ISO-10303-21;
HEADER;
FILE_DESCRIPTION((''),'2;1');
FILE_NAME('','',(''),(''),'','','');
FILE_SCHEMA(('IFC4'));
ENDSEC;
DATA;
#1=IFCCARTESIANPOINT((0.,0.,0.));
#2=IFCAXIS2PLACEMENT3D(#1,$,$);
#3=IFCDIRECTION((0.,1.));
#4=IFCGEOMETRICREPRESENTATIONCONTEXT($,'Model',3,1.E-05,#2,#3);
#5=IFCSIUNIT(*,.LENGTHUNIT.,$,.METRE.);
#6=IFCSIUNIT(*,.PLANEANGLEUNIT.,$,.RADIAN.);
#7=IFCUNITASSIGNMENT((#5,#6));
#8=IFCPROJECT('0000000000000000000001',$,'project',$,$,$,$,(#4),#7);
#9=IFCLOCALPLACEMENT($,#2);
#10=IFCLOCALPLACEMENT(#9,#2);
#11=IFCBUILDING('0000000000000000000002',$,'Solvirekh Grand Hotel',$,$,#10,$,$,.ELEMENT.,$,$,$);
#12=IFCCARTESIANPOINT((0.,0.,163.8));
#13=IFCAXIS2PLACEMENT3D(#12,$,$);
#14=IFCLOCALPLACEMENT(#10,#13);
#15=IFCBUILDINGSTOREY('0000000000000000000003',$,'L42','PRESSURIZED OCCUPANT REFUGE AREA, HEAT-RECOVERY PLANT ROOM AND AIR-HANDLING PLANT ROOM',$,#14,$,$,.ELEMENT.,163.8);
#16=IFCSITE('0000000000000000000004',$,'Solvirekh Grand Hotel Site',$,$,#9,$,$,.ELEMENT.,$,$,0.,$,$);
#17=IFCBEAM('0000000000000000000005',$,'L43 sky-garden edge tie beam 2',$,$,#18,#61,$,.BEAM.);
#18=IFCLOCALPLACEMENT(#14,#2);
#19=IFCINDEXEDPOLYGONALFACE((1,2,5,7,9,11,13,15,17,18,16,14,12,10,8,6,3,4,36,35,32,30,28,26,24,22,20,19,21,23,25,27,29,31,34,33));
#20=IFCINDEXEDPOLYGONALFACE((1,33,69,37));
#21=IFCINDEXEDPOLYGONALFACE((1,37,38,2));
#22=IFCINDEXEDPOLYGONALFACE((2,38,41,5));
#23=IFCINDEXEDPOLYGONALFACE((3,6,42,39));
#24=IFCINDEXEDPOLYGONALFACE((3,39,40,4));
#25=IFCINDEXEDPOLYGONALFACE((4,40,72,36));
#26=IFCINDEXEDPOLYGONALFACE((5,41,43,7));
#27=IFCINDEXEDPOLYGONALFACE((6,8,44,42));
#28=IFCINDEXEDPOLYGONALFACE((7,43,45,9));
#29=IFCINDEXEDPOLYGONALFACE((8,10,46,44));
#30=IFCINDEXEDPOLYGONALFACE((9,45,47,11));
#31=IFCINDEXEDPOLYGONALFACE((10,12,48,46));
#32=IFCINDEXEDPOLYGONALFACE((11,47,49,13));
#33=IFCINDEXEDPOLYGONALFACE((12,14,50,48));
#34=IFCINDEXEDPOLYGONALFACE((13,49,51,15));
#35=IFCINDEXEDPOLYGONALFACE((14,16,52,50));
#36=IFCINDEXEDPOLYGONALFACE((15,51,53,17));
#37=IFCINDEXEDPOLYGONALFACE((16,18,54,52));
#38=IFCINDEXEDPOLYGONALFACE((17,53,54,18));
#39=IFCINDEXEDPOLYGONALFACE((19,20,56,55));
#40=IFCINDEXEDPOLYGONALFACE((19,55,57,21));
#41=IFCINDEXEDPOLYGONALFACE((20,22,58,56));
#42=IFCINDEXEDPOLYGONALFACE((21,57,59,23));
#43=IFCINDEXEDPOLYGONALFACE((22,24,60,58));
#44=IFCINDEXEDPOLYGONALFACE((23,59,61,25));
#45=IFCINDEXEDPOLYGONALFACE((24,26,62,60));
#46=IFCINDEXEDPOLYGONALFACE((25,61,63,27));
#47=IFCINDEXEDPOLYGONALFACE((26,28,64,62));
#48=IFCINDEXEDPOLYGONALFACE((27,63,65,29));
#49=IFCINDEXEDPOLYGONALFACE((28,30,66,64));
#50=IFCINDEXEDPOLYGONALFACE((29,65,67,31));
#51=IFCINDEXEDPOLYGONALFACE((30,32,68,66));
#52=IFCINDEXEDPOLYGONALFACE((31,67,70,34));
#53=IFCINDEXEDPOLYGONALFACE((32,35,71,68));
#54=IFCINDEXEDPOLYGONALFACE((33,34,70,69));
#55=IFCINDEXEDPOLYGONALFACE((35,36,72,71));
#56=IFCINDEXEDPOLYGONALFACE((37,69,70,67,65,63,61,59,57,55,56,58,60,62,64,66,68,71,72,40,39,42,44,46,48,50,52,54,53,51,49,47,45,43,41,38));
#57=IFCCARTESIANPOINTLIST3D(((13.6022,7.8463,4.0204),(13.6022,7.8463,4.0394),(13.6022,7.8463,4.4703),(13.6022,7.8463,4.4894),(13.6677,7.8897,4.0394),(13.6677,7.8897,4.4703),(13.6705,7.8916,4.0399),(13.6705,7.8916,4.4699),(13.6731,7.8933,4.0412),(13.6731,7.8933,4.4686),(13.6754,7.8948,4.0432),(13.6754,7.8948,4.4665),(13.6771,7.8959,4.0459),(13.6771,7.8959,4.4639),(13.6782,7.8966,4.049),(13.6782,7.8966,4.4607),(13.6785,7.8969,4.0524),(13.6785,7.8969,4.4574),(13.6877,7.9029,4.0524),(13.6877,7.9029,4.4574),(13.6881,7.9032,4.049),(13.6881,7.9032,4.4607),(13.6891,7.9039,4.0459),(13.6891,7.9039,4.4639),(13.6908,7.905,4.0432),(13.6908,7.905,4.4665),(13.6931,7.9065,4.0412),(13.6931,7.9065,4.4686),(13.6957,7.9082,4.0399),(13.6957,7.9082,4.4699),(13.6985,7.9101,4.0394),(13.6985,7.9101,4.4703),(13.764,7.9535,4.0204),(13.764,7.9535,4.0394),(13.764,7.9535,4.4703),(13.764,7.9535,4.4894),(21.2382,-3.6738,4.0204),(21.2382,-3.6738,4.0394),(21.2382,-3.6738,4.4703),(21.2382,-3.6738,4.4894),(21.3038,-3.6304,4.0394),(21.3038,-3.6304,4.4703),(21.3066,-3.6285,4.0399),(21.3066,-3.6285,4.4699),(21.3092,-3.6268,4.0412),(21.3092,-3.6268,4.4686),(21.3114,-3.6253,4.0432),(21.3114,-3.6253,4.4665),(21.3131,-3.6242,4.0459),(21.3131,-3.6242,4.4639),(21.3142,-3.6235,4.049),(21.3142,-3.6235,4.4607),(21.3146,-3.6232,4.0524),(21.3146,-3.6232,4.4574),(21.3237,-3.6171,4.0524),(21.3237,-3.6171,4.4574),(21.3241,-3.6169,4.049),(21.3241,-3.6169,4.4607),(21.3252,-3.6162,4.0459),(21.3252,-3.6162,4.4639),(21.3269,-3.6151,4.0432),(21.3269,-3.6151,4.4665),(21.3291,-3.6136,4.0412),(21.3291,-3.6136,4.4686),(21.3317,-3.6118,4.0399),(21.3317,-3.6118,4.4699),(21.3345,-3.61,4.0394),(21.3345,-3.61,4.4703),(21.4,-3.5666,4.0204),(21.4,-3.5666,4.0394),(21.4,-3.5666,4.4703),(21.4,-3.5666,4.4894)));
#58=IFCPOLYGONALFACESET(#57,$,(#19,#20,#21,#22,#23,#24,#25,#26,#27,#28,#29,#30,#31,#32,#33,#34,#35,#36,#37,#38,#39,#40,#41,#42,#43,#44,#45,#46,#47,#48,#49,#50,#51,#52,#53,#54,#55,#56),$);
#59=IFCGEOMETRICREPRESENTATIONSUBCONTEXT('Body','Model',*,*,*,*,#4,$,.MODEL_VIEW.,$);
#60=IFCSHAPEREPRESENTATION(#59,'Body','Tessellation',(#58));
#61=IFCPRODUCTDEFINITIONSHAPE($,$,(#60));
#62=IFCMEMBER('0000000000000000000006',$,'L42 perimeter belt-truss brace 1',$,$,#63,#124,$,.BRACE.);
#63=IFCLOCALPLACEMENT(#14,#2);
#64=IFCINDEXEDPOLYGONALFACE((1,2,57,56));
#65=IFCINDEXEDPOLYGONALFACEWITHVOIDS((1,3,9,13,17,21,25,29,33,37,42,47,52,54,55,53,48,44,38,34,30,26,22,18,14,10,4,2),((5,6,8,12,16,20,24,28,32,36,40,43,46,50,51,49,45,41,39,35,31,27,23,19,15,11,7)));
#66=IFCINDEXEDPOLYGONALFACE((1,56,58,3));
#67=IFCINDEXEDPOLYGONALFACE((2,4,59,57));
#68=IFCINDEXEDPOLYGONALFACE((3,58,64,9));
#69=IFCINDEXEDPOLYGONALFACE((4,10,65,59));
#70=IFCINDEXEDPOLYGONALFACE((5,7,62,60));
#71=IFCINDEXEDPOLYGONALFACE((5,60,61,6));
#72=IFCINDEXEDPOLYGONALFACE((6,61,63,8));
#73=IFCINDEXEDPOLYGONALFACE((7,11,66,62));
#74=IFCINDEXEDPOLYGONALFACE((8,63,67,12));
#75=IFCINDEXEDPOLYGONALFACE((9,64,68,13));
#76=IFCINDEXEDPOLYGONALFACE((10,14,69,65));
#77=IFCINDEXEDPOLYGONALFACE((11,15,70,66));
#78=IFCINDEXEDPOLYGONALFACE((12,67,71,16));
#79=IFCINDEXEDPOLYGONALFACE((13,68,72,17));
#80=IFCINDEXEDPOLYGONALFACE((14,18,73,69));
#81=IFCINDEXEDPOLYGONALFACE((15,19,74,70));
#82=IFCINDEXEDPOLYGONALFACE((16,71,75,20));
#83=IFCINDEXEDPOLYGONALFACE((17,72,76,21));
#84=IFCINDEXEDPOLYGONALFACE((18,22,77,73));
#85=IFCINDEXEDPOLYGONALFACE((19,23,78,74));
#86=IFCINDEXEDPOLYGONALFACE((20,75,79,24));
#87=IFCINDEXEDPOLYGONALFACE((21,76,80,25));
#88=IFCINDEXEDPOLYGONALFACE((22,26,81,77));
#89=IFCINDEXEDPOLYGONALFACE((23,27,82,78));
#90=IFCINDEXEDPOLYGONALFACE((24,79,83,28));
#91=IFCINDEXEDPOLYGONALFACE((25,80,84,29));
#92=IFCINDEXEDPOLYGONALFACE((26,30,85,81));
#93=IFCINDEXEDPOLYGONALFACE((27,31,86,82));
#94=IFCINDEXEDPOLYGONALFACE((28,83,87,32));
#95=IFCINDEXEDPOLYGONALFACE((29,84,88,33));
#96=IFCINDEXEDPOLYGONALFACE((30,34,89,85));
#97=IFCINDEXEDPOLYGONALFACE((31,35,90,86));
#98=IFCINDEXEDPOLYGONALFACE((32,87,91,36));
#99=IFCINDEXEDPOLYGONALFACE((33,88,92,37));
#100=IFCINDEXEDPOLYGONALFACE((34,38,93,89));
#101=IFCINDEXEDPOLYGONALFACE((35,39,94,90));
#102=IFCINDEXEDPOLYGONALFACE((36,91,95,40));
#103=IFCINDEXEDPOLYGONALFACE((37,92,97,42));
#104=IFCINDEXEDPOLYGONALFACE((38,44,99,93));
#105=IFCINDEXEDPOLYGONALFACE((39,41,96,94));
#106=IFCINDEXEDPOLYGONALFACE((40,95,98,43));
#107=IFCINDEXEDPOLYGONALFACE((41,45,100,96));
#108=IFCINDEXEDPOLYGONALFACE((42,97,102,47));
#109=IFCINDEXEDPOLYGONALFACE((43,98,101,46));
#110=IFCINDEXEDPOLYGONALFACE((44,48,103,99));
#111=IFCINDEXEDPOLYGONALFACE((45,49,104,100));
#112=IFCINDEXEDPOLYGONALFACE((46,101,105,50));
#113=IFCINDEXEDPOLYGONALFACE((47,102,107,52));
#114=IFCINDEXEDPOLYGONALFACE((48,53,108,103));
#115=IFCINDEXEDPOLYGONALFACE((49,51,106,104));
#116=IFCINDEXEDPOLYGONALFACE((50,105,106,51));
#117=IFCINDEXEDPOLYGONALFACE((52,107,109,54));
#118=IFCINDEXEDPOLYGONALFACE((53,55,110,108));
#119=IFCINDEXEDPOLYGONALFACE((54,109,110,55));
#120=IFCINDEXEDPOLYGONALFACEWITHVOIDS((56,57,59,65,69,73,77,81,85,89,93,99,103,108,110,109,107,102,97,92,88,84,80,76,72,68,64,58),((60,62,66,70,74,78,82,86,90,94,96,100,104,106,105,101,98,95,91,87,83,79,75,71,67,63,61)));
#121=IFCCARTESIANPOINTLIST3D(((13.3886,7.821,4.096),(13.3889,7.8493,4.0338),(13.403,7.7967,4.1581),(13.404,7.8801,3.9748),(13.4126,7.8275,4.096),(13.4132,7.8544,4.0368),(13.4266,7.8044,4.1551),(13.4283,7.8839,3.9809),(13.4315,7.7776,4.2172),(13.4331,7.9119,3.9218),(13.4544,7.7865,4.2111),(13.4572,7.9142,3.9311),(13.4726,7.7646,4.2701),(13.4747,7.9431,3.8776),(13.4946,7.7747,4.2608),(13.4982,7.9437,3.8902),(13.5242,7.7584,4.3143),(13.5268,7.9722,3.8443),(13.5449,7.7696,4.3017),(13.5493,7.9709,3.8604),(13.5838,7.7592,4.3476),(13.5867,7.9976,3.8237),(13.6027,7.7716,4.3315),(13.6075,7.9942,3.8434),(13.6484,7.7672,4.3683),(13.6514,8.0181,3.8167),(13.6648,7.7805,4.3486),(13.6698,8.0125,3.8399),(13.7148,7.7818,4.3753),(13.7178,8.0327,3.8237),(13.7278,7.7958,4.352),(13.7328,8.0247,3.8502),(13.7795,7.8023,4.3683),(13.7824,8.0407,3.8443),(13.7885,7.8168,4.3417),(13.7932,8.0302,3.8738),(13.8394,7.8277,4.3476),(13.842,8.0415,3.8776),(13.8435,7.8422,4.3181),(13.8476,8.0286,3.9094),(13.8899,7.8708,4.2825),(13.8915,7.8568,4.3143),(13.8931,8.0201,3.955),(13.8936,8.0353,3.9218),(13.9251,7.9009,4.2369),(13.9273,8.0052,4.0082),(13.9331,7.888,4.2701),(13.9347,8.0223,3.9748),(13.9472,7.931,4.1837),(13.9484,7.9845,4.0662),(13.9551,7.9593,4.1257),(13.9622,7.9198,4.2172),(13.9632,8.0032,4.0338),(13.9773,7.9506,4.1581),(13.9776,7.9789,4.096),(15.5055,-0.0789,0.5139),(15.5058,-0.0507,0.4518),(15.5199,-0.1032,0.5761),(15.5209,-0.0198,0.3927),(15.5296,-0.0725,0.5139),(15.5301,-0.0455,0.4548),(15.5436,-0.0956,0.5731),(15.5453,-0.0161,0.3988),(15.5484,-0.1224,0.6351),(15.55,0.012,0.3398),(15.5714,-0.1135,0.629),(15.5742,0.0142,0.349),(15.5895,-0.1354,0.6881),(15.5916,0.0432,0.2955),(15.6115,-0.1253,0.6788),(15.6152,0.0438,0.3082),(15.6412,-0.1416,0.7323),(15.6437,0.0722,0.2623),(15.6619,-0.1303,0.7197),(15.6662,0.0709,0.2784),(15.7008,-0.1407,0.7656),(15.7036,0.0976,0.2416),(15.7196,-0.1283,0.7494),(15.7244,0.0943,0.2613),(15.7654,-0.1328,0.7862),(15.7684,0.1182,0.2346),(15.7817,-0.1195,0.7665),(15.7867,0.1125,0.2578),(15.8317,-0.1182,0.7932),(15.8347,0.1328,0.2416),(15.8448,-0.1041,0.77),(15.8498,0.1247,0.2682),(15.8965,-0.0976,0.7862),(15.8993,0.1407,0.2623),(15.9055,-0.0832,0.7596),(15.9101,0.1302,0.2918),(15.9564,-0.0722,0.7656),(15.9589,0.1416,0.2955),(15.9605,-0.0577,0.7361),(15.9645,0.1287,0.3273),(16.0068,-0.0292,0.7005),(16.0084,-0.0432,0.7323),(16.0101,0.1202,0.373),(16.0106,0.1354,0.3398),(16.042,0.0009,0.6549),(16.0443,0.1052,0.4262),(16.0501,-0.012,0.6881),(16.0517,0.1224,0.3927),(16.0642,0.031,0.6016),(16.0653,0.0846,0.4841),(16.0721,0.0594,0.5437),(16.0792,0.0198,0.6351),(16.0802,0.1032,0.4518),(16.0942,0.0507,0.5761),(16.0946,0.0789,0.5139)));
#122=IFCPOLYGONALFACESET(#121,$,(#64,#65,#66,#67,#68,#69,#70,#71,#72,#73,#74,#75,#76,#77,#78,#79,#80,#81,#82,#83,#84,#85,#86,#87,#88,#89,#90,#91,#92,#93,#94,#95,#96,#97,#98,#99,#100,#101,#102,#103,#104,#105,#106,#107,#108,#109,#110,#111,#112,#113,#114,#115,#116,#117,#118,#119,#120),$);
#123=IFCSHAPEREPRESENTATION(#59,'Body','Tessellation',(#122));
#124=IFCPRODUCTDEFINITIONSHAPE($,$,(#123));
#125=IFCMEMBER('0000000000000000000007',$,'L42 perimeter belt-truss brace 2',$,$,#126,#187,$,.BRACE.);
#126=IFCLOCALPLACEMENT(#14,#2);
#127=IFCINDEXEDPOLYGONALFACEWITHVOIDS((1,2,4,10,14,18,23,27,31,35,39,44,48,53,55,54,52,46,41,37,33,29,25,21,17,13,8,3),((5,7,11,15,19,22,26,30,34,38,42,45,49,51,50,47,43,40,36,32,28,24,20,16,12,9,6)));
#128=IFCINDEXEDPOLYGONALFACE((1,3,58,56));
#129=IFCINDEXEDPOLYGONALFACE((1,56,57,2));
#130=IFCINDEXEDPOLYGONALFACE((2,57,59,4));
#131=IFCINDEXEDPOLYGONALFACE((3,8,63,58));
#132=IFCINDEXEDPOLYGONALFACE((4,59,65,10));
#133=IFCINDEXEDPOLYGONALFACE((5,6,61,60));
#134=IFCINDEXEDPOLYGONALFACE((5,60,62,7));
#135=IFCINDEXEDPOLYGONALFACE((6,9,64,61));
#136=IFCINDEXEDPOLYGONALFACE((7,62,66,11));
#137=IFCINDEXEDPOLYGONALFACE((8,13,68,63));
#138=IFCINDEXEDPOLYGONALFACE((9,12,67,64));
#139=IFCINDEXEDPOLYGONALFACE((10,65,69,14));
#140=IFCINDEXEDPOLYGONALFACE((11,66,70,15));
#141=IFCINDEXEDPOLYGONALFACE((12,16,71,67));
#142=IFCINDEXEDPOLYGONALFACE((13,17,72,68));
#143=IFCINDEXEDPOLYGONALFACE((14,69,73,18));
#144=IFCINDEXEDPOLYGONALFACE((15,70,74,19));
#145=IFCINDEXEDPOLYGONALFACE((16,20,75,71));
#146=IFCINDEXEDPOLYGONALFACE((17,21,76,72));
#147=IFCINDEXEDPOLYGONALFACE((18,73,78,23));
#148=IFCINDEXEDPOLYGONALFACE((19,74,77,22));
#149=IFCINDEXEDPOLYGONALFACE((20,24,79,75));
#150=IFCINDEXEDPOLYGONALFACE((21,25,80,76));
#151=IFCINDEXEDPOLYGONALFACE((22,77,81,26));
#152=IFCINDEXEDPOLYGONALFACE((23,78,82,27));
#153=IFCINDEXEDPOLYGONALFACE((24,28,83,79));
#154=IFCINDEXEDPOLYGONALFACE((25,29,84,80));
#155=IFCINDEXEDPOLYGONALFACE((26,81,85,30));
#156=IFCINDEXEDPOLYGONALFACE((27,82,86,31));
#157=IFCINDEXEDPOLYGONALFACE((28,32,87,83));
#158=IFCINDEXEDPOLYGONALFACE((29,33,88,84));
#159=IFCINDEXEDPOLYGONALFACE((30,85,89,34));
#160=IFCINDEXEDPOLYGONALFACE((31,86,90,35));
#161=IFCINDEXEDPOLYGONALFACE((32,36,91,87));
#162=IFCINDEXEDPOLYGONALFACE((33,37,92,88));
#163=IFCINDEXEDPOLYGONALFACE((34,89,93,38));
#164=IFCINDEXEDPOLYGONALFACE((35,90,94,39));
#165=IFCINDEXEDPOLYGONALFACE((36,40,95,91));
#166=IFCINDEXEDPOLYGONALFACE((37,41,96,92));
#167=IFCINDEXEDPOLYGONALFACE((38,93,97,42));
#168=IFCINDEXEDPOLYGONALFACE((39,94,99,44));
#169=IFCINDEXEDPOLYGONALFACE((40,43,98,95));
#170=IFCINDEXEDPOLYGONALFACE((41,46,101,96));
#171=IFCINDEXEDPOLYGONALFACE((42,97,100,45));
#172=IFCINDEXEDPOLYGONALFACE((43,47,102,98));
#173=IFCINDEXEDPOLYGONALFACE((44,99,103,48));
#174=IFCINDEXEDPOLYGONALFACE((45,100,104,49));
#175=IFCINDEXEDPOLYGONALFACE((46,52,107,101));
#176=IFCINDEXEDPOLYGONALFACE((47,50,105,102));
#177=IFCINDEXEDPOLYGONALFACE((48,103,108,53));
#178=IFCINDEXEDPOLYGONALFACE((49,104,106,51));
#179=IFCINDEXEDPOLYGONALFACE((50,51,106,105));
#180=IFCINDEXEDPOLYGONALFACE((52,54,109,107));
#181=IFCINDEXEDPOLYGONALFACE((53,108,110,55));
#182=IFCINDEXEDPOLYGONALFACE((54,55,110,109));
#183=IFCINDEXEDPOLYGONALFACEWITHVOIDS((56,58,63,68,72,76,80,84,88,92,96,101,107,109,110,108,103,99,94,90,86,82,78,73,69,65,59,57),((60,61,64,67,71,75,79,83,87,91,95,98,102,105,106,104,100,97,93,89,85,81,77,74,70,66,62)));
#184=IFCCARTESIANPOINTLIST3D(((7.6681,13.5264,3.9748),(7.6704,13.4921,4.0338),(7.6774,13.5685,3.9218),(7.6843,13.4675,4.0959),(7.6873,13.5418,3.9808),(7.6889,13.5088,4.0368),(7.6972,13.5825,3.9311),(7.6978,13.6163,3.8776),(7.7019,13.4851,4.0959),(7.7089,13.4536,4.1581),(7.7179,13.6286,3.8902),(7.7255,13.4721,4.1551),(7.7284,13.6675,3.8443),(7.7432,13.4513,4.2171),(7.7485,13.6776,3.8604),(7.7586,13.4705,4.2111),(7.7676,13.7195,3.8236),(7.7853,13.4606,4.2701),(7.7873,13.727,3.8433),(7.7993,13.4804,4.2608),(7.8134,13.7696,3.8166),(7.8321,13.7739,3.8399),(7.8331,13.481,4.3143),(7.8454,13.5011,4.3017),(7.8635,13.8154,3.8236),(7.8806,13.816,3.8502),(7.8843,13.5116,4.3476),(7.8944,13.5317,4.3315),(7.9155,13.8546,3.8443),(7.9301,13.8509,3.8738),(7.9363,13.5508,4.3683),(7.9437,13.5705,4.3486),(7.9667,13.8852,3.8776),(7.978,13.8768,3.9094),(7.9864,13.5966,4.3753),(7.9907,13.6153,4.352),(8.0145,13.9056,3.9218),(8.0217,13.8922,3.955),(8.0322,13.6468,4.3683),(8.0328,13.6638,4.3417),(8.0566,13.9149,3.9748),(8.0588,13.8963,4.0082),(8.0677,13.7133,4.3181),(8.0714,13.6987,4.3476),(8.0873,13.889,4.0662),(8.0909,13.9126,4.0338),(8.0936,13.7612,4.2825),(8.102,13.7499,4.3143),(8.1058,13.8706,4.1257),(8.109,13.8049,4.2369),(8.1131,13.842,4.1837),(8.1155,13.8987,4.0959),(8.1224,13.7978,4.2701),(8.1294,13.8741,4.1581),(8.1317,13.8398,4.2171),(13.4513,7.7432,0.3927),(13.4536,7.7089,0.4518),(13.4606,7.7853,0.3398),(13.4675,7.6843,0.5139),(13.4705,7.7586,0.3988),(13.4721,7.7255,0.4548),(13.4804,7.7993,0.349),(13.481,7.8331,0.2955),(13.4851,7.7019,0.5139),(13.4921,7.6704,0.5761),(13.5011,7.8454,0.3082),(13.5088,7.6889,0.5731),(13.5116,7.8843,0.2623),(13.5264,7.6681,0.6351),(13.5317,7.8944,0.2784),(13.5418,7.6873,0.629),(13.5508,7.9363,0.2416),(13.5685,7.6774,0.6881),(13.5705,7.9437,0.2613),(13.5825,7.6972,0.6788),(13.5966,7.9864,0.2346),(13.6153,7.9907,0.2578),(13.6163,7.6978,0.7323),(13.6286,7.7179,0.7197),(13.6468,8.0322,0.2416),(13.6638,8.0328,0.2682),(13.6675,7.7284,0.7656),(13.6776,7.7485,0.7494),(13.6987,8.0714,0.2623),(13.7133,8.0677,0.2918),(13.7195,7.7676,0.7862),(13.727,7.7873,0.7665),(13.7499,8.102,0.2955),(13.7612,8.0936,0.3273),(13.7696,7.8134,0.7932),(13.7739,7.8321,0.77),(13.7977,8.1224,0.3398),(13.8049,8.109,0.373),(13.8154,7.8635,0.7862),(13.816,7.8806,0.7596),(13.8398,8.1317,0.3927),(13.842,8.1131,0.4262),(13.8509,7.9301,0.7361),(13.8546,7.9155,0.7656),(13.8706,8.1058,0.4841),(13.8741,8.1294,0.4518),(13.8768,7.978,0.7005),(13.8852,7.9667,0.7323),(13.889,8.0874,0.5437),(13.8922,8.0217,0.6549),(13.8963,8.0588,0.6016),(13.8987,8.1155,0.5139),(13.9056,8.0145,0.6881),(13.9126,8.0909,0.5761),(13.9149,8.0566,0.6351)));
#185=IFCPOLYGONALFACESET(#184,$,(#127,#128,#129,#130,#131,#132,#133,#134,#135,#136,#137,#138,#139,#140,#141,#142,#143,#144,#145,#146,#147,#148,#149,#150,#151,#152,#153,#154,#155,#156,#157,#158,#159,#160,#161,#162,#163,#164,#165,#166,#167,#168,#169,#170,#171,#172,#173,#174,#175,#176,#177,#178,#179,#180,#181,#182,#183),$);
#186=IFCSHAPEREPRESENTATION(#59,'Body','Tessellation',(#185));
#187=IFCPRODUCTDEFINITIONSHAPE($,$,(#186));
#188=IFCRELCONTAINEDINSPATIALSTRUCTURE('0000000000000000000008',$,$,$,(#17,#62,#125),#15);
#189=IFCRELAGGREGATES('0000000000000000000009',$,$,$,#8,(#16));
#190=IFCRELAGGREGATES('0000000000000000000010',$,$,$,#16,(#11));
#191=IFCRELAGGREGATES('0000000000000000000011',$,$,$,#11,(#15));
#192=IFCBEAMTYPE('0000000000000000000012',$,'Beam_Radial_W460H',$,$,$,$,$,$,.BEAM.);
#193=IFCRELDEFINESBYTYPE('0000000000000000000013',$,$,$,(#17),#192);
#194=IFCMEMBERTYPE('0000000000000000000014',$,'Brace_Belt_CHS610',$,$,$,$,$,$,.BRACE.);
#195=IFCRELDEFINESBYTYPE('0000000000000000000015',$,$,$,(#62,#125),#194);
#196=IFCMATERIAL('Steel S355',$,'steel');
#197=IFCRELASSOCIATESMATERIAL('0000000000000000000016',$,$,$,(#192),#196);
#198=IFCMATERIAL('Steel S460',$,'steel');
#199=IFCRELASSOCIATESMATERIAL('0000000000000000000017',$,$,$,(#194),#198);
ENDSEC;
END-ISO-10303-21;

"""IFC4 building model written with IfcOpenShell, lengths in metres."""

from ifc_helpers import new_model, si_unit, direction, frame, origin, origin_2d, place, context, subcontext, project, spatial, hollow_circle, i_section, extrude, material, material_profile, profile_set, type_object, element, save


model = new_model("IFC4")

# Units and contexts
model_context = context("Model", 3, precision=1e-05, world=origin(), true_north=direction((0.0, 1.0)))
body_context = subcontext(model_context, "Body", "Model", "MODEL_VIEW")
ifc_project = project(units=[si_unit("LENGTHUNIT", "METRE"), si_unit("PLANEANGLEUNIT", "RADIAN")], contexts=[model_context])

# Site, building, storey
site_placement = place(None, origin())
site = spatial("IfcSite", under=ifc_project, at=site_placement, Name="Solvirekh Grand Hotel Site", CompositionType="ELEMENT", RefElevation=0.0)
building_placement = place(site_placement, origin())
building = spatial("IfcBuilding", under=site, at=building_placement, Name="Solvirekh Grand Hotel", CompositionType="ELEMENT")
storey_placement = place(building_placement, frame((0.0, 0.0, 163.8)))
storey = spatial("IfcBuildingStorey", under=building, at=storey_placement, Name="L42", Description="PRESSURIZED OCCUPANT REFUGE AREA, HEAT-RECOVERY PLANT ROOM AND AIR-HANDLING PLANT ROOM", CompositionType="ELEMENT", Elevation=163.8)

# Beam
ifc_material_1 = material(Name="Steel S460", Category="steel")
ifc_material_2 = material(Name="Steel S355", Category="steel")
ifc_material_profile_1 = material_profile(ifc_material_2, i_section(OverallWidth=0.1941, OverallDepth=0.469, WebThickness=0.011, FlangeThickness=0.019, FilletRadius=0.0129, at=origin_2d()), Name="W460X106")
ifc_profile_set_1 = profile_set([ifc_material_profile_1], Name="Steel S355")
beam_type_1 = type_object("IfcBeamType", Name="Beam_Radial_W460H", PredefinedType="BEAM", material=ifc_profile_set_1)
beam_1_placement = place(storey_placement, frame((13.6831, 7.8999, 4.2549), z_axis=(0.552493, -0.833518, 0.0), x_axis=(0.833518, 0.552493, 0.0)))
element("IfcBeam", 1, at=beam_1_placement, inside=storey, type_object=beam_type_1, Name="L43 sky-garden edge tie beam 2", PredefinedType="BEAM", context=body_context, shape_type="SweptSolid", body=[
    extrude(i_section(OverallWidth=0.1941, OverallDepth=0.469, WebThickness=0.011, FlangeThickness=0.019, FilletRadius=0.0129, at=origin_2d()), origin(), (0.0, 0.0, 1.0), 13.821),
])

# Members
ifc_material_profile_2 = material_profile(ifc_material_1, hollow_circle(Radius=0.3049, WallThickness=0.0249, at=origin_2d()), Name="CHS 610X25")
ifc_profile_set_2 = profile_set([ifc_material_profile_2], Name="Steel S460")
member_type = type_object("IfcMemberType", Name="Brace_Belt_CHS610", PredefinedType="BRACE", material=ifc_profile_set_2)
for number, where, z_axis, x_axis, name in (
    (2, (15.8, 0.0, 0.5139), (-0.237095, 0.884781, 0.401184), (-0.965921, -0.258839, 0.0), "L42 perimeter belt-truss brace 1"),
    (3, (13.6831, 7.8999, 0.5139), (-0.647709, 0.647709, 0.401181), (-0.707107, -0.707107, 0.0), "L42 perimeter belt-truss brace 2"),
):
    element("IfcMember", number, at=place(storey_placement, frame(where, z_axis=z_axis, x_axis=x_axis)), inside=storey, type_object=member_type, Name=name, PredefinedType="BRACE", context=body_context, shape_type="SweptSolid", body=[
        extrude(hollow_circle(Radius=0.3049, WallThickness=0.0249, at=origin_2d()), origin(), (0.0, 0.0, 1.0), 8.9287),
    ])

save(model, "model.ifc")
